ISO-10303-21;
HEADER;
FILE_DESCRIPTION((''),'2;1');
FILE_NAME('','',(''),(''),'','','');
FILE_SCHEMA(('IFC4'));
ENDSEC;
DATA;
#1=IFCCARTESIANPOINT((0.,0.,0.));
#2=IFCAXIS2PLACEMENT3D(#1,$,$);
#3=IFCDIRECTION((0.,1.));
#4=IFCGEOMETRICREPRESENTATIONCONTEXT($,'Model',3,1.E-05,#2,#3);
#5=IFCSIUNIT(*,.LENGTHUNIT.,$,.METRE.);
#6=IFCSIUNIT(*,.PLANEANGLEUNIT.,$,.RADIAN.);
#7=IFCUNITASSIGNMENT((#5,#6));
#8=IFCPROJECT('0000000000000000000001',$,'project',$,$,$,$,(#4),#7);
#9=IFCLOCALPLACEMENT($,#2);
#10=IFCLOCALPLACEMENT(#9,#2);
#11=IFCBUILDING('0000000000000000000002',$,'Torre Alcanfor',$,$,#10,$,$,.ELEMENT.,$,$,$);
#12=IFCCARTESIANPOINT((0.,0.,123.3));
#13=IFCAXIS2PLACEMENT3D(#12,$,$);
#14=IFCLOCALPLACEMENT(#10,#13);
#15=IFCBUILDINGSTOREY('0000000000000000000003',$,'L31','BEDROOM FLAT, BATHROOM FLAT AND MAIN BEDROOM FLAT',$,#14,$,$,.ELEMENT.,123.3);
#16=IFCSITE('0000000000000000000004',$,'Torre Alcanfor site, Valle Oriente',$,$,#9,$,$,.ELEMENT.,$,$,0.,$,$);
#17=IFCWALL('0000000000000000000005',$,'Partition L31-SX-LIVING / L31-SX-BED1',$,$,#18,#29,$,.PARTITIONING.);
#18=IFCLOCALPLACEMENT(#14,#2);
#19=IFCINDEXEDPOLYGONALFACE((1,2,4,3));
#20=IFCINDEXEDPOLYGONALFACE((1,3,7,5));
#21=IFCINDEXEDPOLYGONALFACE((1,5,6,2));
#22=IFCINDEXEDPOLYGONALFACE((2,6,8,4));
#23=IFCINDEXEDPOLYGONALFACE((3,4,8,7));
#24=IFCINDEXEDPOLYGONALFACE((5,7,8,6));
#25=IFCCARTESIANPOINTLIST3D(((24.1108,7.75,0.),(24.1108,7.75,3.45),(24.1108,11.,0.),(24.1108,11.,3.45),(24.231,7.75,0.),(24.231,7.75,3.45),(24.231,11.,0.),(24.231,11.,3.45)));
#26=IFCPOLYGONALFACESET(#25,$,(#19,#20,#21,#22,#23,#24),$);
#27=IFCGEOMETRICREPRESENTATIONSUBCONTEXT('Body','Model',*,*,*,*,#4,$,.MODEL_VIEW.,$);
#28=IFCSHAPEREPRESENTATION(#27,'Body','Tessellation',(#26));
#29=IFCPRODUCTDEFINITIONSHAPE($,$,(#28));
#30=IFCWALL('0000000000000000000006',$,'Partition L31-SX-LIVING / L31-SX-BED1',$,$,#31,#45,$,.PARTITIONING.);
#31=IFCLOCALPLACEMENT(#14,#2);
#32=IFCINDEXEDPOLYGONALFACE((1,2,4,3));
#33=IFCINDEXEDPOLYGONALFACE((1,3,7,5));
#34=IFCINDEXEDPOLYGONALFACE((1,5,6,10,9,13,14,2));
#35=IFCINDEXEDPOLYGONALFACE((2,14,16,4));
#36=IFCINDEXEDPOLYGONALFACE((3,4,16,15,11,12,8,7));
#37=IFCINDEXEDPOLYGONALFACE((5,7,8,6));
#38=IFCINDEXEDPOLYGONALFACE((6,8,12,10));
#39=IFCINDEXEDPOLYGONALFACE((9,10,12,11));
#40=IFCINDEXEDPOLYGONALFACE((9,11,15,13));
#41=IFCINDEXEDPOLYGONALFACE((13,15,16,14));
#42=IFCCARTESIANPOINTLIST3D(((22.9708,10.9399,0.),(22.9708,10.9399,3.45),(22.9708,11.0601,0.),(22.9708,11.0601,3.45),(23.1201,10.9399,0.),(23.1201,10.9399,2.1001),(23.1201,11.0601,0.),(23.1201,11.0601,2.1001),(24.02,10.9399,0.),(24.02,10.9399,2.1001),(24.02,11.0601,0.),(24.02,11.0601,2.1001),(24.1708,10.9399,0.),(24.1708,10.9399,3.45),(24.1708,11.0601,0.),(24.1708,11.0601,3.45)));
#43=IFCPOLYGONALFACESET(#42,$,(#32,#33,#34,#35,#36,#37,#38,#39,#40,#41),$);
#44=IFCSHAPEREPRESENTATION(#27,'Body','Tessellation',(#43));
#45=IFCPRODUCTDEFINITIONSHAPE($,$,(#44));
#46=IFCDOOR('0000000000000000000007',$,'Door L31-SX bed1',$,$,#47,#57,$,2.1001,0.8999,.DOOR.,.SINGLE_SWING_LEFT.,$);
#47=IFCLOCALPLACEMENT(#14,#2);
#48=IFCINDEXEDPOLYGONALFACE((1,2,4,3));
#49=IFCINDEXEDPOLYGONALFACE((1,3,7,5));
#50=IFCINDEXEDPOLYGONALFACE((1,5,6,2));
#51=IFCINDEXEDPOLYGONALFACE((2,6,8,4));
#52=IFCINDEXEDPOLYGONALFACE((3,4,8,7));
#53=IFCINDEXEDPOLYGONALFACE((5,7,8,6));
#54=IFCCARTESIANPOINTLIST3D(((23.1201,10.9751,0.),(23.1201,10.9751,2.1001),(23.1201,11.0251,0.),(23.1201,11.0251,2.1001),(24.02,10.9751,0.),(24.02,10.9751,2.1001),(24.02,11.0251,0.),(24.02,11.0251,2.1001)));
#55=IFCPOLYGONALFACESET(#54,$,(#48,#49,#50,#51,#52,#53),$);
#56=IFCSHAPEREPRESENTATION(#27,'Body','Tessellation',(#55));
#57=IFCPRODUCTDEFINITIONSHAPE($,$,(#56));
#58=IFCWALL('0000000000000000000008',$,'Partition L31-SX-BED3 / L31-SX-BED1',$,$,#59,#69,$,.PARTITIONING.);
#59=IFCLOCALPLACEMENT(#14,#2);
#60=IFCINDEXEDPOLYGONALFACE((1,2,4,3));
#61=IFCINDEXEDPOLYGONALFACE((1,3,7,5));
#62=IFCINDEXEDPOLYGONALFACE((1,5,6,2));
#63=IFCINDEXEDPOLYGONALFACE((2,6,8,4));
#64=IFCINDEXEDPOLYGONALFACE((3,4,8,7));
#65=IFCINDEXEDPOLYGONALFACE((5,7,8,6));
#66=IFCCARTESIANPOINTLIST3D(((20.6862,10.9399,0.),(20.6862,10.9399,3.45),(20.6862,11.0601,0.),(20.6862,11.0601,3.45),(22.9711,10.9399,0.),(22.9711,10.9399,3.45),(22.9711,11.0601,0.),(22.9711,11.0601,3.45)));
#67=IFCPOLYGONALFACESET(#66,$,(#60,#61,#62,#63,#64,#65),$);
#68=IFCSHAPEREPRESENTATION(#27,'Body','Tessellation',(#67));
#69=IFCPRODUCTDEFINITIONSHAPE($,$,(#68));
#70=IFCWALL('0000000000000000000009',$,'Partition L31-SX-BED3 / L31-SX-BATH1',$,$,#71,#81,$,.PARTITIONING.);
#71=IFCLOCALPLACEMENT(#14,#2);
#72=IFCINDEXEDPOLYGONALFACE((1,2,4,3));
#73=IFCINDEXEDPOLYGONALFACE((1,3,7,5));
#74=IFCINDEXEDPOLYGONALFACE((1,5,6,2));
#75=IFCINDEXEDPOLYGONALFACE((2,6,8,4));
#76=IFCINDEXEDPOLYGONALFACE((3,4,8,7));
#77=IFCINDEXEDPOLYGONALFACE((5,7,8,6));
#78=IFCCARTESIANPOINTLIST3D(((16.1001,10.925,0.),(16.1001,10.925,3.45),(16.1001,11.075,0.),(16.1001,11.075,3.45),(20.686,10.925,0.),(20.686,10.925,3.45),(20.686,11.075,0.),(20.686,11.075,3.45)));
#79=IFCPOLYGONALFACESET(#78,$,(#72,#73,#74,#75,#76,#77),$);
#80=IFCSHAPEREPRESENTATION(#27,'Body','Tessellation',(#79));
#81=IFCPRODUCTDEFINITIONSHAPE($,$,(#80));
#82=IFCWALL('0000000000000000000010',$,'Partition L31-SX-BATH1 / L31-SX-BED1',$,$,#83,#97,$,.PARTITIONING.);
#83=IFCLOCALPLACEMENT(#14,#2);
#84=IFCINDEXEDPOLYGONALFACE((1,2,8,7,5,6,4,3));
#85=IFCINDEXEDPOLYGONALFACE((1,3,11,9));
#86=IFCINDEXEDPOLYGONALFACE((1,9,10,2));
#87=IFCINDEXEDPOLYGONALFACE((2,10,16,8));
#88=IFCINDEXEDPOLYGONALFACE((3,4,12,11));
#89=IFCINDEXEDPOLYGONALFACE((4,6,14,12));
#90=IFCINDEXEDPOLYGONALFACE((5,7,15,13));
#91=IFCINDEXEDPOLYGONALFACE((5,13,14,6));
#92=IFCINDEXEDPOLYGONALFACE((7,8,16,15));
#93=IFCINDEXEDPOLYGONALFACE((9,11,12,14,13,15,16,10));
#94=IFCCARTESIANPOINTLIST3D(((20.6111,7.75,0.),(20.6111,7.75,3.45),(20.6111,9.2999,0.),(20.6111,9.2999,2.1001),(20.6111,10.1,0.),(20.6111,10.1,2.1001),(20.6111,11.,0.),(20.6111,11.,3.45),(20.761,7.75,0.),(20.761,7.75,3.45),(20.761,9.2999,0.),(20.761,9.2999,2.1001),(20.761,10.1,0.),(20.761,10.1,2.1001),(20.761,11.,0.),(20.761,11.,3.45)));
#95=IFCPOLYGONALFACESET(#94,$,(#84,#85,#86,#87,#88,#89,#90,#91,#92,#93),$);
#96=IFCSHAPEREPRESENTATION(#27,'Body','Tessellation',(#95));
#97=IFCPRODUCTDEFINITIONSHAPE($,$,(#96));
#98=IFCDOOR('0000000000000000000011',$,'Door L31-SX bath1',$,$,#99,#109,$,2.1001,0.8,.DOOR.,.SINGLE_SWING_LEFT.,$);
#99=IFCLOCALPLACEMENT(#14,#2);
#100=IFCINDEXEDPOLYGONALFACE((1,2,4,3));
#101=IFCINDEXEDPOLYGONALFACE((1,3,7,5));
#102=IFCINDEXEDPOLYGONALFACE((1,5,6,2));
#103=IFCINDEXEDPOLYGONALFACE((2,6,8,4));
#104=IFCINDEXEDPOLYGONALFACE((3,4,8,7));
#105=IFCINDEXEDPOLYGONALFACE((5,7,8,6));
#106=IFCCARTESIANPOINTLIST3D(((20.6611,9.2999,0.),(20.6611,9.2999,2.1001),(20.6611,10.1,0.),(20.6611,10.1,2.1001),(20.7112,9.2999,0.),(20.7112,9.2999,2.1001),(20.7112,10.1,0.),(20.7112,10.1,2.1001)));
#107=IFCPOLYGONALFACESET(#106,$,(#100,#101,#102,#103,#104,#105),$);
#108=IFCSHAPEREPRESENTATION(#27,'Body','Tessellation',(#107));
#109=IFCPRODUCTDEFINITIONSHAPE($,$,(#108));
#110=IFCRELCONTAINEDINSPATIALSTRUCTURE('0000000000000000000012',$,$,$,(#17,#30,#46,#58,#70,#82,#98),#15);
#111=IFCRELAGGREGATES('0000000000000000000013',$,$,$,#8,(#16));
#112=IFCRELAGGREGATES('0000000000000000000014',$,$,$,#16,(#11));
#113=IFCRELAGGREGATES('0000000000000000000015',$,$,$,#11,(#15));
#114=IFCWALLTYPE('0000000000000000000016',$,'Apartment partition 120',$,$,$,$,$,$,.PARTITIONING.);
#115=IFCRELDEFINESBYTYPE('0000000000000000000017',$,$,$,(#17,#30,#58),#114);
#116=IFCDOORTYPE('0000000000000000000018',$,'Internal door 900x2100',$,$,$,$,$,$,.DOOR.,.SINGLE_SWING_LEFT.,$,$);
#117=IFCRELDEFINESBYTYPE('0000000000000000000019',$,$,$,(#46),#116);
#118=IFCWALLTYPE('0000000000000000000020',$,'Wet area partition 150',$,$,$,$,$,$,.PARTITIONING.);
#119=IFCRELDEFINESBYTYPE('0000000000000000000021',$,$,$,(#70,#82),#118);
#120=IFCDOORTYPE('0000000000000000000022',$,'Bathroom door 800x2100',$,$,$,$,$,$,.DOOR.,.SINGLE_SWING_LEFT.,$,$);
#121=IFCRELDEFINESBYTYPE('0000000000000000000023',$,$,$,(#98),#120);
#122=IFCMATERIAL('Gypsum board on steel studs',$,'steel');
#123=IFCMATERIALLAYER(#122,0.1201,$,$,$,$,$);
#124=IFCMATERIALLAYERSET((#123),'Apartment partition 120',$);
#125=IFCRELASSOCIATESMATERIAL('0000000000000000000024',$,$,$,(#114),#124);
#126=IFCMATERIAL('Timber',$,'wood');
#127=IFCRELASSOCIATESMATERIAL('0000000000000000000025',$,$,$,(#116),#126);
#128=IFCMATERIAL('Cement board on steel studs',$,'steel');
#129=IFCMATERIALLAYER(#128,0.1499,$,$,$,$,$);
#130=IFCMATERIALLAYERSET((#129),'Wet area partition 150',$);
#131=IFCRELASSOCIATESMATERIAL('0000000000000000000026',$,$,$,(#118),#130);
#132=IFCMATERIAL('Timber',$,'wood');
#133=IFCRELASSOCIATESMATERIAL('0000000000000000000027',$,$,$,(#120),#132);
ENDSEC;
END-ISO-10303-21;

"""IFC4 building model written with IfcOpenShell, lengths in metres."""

from ifc_helpers import new_model, si_unit, direction, frame, frame_2d, origin, place, context, subcontext, project, spatial, rectangle, extrude, material, layer, layer_set, type_object, element, fill, save


model = new_model("IFC4")

# Units and contexts
model_context = context("Model", 3, precision=1e-05, world=origin(), true_north=direction((0.0, 1.0)))
body_context = subcontext(model_context, "Body", "Model", "MODEL_VIEW")
ifc_project = project(units=[si_unit("LENGTHUNIT", "METRE"), si_unit("PLANEANGLEUNIT", "RADIAN")], contexts=[model_context])

# Site, building, storey
site_placement = place(None, origin())
site = spatial("IfcSite", under=ifc_project, at=site_placement, Name="Torre Alcanfor site, Valle Oriente", CompositionType="ELEMENT", RefElevation=0.0)
building_placement = place(site_placement, origin())
building = spatial("IfcBuilding", under=site, at=building_placement, Name="Torre Alcanfor", CompositionType="ELEMENT")
storey_placement = place(building_placement, frame((0.0, 0.0, 123.3)))
storey = spatial("IfcBuildingStorey", under=building, at=storey_placement, Name="L31", Description="BEDROOM FLAT, BATHROOM FLAT AND MAIN BEDROOM FLAT", CompositionType="ELEMENT", Elevation=123.3)

# Shared definitions
ifc_material_1 = material(Name="Gypsum board on steel studs", Category="steel")
ifc_layer_1 = layer(ifc_material_1, 0.1201)
ifc_layer_set_1 = layer_set([ifc_layer_1], Name="Apartment partition 120")
wall_type_1 = type_object("IfcWallType", Name="Apartment partition 120", PredefinedType="PARTITIONING", material=ifc_layer_set_1)

# Shared definitions
ifc_material_2 = material(Name="Timber", Category="wood")
door_type_1 = type_object("IfcDoorType", Name="Internal door 900x2100", OperationType="SINGLE_SWING_LEFT", PredefinedType="DOOR", material=ifc_material_2)

# Wall
wall_1_placement = place(storey_placement, frame((24.1709, 7.75, 0.0), z_axis=(0.0, 0.0, 1.0), x_axis=(0.0, 1.0, 0.0)))
element("IfcWall", 1, at=wall_1_placement, inside=storey, type_object=wall_type_1, Name="Partition L31-SX-LIVING / L31-SX-BED1", PredefinedType="PARTITIONING", context=body_context, shape_type="SweptSolid", body=[
    extrude(rectangle(XDim=3.25, YDim=0.1201, at=frame_2d((1.625, 0.0))), origin(), (0.0, 0.0, 1.0), 3.45),
])

# Wall, opening, door
wall_2_placement = place(storey_placement, frame((24.1709, 11.0, 0.0), z_axis=(0.0, 0.0, 1.0), x_axis=(-1.0, 0.0, 0.0)))
wall_2 = element("IfcWall", 2, at=wall_2_placement, inside=storey, type_object=wall_type_1, Name="Partition L31-SX-LIVING / L31-SX-BED1", PredefinedType="PARTITIONING", context=body_context, shape_type="SweptSolid", body=[
    extrude(rectangle(XDim=1.2, YDim=0.1201, at=frame_2d((0.6001, 0.0))), origin(), (0.0, 0.0, 1.0), 3.45),
])
opening_1_placement = place(wall_2_placement, frame((0.1509, 0.0, 0.0)))
opening_1 = element("IfcOpeningElement", 3, at=opening_1_placement, cuts=wall_2, PredefinedType="OPENING", context=body_context, shape_type="SweptSolid", body=[
    extrude(rectangle(XDim=0.8999, YDim=2.1001, at=frame_2d((0.45, 1.05))), frame((0.0, 0.0701, 0.0), z_axis=(0.0, -1.0, 0.0), x_axis=(1.0, 0.0, 0.0)), (0.0, 0.0, 1.0), 0.1401),
])
door_1_placement = place(opening_1_placement, origin())
door_1 = element("IfcDoor", 4, at=door_1_placement, inside=storey, type_object=door_type_1, Name="Door L31-SX bed1", OperationType="SINGLE_SWING_LEFT", OverallHeight=2.1001, OverallWidth=0.8999, PredefinedType="DOOR", context=body_context, shape_type="SweptSolid", body=[
    extrude(rectangle(XDim=0.8999, YDim=2.1001, at=frame_2d((0.45, 1.05))), frame((0.0, 0.0249, 0.0), z_axis=(0.0, -1.0, 0.0), x_axis=(1.0, 0.0, 0.0)), (0.0, 0.0, 1.0), 0.05),
])
fill(opening_1, door_1)

# Walls
wall_3_placement = place(storey_placement, frame((20.686, 11.0, 0.0), z_axis=(0.0, 0.0, 1.0), x_axis=(1.0, 0.0, 0.0)))
element("IfcWall", 5, at=wall_3_placement, inside=storey, type_object=wall_type_1, Name="Partition L31-SX-BED3 / L31-SX-BED1", PredefinedType="PARTITIONING", context=body_context, shape_type="SweptSolid", body=[
    extrude(rectangle(XDim=2.2849, YDim=0.1201, at=frame_2d((1.1426, 0.0))), origin(), (0.0, 0.0, 1.0), 3.45),
])
ifc_material_3 = material(Name="Cement board on steel studs", Category="steel")
ifc_layer_2 = layer(ifc_material_3, 0.1499)
ifc_layer_set_2 = layer_set([ifc_layer_2], Name="Wet area partition 150")
wall_type_2 = type_object("IfcWallType", Name="Wet area partition 150", PredefinedType="PARTITIONING", material=ifc_layer_set_2)
wall_4_placement = place(storey_placement, frame((16.1001, 11.0, 0.0), z_axis=(0.0, 0.0, 1.0), x_axis=(1.0, 0.0, 0.0)))
element("IfcWall", 6, at=wall_4_placement, inside=storey, type_object=wall_type_2, Name="Partition L31-SX-BED3 / L31-SX-BATH1", PredefinedType="PARTITIONING", context=body_context, shape_type="SweptSolid", body=[
    extrude(rectangle(XDim=4.5859, YDim=0.1499, at=frame_2d((2.293, 0.0))), origin(), (0.0, 0.0, 1.0), 3.45),
])

# Wall, opening, door
wall_5_placement = place(storey_placement, frame((20.686, 7.75, 0.0), z_axis=(0.0, 0.0, 1.0), x_axis=(0.0, 1.0, 0.0)))
wall_5 = element("IfcWall", 7, at=wall_5_placement, inside=storey, type_object=wall_type_2, Name="Partition L31-SX-BATH1 / L31-SX-BED1", PredefinedType="PARTITIONING", context=body_context, shape_type="SweptSolid", body=[
    extrude(rectangle(XDim=3.25, YDim=0.1499, at=frame_2d((1.625, 0.0))), origin(), (0.0, 0.0, 1.0), 3.45),
])
opening_2_placement = place(wall_5_placement, frame((1.55, 0.0, 0.0)))
opening_2 = element("IfcOpeningElement", 8, at=opening_2_placement, cuts=wall_5, PredefinedType="OPENING", context=body_context, shape_type="SweptSolid", body=[
    extrude(rectangle(XDim=0.8, YDim=2.1001, at=frame_2d((0.3999, 1.05))), frame((0.0, 0.085, 0.0), z_axis=(0.0, -1.0, 0.0), x_axis=(1.0, 0.0, 0.0)), (0.0, 0.0, 1.0), 0.1699),
])
ifc_material_4 = material(Name="Timber", Category="wood")
door_type_2 = type_object("IfcDoorType", Name="Bathroom door 800x2100", OperationType="SINGLE_SWING_LEFT", PredefinedType="DOOR", material=ifc_material_4)
door_2_placement = place(opening_2_placement, frame((0.8, 0.0, 0.0), z_axis=(0.0, 0.0, 1.0), x_axis=(-1.0, 0.0, 0.0)))
door_2 = element("IfcDoor", 9, at=door_2_placement, inside=storey, type_object=door_type_2, Name="Door L31-SX bath1", OperationType="SINGLE_SWING_LEFT", OverallHeight=2.1001, OverallWidth=0.8, PredefinedType="DOOR", context=body_context, shape_type="SweptSolid", body=[
    extrude(rectangle(XDim=0.8, YDim=2.1001, at=frame_2d((0.4001, 1.05))), frame((0.0, 0.0251, 0.0), z_axis=(0.0, -1.0, 0.0), x_axis=(1.0, 0.0, 0.0)), (0.0, 0.0, 1.0), 0.05),
])
fill(opening_2, door_2)

save(model, "model.ifc")
